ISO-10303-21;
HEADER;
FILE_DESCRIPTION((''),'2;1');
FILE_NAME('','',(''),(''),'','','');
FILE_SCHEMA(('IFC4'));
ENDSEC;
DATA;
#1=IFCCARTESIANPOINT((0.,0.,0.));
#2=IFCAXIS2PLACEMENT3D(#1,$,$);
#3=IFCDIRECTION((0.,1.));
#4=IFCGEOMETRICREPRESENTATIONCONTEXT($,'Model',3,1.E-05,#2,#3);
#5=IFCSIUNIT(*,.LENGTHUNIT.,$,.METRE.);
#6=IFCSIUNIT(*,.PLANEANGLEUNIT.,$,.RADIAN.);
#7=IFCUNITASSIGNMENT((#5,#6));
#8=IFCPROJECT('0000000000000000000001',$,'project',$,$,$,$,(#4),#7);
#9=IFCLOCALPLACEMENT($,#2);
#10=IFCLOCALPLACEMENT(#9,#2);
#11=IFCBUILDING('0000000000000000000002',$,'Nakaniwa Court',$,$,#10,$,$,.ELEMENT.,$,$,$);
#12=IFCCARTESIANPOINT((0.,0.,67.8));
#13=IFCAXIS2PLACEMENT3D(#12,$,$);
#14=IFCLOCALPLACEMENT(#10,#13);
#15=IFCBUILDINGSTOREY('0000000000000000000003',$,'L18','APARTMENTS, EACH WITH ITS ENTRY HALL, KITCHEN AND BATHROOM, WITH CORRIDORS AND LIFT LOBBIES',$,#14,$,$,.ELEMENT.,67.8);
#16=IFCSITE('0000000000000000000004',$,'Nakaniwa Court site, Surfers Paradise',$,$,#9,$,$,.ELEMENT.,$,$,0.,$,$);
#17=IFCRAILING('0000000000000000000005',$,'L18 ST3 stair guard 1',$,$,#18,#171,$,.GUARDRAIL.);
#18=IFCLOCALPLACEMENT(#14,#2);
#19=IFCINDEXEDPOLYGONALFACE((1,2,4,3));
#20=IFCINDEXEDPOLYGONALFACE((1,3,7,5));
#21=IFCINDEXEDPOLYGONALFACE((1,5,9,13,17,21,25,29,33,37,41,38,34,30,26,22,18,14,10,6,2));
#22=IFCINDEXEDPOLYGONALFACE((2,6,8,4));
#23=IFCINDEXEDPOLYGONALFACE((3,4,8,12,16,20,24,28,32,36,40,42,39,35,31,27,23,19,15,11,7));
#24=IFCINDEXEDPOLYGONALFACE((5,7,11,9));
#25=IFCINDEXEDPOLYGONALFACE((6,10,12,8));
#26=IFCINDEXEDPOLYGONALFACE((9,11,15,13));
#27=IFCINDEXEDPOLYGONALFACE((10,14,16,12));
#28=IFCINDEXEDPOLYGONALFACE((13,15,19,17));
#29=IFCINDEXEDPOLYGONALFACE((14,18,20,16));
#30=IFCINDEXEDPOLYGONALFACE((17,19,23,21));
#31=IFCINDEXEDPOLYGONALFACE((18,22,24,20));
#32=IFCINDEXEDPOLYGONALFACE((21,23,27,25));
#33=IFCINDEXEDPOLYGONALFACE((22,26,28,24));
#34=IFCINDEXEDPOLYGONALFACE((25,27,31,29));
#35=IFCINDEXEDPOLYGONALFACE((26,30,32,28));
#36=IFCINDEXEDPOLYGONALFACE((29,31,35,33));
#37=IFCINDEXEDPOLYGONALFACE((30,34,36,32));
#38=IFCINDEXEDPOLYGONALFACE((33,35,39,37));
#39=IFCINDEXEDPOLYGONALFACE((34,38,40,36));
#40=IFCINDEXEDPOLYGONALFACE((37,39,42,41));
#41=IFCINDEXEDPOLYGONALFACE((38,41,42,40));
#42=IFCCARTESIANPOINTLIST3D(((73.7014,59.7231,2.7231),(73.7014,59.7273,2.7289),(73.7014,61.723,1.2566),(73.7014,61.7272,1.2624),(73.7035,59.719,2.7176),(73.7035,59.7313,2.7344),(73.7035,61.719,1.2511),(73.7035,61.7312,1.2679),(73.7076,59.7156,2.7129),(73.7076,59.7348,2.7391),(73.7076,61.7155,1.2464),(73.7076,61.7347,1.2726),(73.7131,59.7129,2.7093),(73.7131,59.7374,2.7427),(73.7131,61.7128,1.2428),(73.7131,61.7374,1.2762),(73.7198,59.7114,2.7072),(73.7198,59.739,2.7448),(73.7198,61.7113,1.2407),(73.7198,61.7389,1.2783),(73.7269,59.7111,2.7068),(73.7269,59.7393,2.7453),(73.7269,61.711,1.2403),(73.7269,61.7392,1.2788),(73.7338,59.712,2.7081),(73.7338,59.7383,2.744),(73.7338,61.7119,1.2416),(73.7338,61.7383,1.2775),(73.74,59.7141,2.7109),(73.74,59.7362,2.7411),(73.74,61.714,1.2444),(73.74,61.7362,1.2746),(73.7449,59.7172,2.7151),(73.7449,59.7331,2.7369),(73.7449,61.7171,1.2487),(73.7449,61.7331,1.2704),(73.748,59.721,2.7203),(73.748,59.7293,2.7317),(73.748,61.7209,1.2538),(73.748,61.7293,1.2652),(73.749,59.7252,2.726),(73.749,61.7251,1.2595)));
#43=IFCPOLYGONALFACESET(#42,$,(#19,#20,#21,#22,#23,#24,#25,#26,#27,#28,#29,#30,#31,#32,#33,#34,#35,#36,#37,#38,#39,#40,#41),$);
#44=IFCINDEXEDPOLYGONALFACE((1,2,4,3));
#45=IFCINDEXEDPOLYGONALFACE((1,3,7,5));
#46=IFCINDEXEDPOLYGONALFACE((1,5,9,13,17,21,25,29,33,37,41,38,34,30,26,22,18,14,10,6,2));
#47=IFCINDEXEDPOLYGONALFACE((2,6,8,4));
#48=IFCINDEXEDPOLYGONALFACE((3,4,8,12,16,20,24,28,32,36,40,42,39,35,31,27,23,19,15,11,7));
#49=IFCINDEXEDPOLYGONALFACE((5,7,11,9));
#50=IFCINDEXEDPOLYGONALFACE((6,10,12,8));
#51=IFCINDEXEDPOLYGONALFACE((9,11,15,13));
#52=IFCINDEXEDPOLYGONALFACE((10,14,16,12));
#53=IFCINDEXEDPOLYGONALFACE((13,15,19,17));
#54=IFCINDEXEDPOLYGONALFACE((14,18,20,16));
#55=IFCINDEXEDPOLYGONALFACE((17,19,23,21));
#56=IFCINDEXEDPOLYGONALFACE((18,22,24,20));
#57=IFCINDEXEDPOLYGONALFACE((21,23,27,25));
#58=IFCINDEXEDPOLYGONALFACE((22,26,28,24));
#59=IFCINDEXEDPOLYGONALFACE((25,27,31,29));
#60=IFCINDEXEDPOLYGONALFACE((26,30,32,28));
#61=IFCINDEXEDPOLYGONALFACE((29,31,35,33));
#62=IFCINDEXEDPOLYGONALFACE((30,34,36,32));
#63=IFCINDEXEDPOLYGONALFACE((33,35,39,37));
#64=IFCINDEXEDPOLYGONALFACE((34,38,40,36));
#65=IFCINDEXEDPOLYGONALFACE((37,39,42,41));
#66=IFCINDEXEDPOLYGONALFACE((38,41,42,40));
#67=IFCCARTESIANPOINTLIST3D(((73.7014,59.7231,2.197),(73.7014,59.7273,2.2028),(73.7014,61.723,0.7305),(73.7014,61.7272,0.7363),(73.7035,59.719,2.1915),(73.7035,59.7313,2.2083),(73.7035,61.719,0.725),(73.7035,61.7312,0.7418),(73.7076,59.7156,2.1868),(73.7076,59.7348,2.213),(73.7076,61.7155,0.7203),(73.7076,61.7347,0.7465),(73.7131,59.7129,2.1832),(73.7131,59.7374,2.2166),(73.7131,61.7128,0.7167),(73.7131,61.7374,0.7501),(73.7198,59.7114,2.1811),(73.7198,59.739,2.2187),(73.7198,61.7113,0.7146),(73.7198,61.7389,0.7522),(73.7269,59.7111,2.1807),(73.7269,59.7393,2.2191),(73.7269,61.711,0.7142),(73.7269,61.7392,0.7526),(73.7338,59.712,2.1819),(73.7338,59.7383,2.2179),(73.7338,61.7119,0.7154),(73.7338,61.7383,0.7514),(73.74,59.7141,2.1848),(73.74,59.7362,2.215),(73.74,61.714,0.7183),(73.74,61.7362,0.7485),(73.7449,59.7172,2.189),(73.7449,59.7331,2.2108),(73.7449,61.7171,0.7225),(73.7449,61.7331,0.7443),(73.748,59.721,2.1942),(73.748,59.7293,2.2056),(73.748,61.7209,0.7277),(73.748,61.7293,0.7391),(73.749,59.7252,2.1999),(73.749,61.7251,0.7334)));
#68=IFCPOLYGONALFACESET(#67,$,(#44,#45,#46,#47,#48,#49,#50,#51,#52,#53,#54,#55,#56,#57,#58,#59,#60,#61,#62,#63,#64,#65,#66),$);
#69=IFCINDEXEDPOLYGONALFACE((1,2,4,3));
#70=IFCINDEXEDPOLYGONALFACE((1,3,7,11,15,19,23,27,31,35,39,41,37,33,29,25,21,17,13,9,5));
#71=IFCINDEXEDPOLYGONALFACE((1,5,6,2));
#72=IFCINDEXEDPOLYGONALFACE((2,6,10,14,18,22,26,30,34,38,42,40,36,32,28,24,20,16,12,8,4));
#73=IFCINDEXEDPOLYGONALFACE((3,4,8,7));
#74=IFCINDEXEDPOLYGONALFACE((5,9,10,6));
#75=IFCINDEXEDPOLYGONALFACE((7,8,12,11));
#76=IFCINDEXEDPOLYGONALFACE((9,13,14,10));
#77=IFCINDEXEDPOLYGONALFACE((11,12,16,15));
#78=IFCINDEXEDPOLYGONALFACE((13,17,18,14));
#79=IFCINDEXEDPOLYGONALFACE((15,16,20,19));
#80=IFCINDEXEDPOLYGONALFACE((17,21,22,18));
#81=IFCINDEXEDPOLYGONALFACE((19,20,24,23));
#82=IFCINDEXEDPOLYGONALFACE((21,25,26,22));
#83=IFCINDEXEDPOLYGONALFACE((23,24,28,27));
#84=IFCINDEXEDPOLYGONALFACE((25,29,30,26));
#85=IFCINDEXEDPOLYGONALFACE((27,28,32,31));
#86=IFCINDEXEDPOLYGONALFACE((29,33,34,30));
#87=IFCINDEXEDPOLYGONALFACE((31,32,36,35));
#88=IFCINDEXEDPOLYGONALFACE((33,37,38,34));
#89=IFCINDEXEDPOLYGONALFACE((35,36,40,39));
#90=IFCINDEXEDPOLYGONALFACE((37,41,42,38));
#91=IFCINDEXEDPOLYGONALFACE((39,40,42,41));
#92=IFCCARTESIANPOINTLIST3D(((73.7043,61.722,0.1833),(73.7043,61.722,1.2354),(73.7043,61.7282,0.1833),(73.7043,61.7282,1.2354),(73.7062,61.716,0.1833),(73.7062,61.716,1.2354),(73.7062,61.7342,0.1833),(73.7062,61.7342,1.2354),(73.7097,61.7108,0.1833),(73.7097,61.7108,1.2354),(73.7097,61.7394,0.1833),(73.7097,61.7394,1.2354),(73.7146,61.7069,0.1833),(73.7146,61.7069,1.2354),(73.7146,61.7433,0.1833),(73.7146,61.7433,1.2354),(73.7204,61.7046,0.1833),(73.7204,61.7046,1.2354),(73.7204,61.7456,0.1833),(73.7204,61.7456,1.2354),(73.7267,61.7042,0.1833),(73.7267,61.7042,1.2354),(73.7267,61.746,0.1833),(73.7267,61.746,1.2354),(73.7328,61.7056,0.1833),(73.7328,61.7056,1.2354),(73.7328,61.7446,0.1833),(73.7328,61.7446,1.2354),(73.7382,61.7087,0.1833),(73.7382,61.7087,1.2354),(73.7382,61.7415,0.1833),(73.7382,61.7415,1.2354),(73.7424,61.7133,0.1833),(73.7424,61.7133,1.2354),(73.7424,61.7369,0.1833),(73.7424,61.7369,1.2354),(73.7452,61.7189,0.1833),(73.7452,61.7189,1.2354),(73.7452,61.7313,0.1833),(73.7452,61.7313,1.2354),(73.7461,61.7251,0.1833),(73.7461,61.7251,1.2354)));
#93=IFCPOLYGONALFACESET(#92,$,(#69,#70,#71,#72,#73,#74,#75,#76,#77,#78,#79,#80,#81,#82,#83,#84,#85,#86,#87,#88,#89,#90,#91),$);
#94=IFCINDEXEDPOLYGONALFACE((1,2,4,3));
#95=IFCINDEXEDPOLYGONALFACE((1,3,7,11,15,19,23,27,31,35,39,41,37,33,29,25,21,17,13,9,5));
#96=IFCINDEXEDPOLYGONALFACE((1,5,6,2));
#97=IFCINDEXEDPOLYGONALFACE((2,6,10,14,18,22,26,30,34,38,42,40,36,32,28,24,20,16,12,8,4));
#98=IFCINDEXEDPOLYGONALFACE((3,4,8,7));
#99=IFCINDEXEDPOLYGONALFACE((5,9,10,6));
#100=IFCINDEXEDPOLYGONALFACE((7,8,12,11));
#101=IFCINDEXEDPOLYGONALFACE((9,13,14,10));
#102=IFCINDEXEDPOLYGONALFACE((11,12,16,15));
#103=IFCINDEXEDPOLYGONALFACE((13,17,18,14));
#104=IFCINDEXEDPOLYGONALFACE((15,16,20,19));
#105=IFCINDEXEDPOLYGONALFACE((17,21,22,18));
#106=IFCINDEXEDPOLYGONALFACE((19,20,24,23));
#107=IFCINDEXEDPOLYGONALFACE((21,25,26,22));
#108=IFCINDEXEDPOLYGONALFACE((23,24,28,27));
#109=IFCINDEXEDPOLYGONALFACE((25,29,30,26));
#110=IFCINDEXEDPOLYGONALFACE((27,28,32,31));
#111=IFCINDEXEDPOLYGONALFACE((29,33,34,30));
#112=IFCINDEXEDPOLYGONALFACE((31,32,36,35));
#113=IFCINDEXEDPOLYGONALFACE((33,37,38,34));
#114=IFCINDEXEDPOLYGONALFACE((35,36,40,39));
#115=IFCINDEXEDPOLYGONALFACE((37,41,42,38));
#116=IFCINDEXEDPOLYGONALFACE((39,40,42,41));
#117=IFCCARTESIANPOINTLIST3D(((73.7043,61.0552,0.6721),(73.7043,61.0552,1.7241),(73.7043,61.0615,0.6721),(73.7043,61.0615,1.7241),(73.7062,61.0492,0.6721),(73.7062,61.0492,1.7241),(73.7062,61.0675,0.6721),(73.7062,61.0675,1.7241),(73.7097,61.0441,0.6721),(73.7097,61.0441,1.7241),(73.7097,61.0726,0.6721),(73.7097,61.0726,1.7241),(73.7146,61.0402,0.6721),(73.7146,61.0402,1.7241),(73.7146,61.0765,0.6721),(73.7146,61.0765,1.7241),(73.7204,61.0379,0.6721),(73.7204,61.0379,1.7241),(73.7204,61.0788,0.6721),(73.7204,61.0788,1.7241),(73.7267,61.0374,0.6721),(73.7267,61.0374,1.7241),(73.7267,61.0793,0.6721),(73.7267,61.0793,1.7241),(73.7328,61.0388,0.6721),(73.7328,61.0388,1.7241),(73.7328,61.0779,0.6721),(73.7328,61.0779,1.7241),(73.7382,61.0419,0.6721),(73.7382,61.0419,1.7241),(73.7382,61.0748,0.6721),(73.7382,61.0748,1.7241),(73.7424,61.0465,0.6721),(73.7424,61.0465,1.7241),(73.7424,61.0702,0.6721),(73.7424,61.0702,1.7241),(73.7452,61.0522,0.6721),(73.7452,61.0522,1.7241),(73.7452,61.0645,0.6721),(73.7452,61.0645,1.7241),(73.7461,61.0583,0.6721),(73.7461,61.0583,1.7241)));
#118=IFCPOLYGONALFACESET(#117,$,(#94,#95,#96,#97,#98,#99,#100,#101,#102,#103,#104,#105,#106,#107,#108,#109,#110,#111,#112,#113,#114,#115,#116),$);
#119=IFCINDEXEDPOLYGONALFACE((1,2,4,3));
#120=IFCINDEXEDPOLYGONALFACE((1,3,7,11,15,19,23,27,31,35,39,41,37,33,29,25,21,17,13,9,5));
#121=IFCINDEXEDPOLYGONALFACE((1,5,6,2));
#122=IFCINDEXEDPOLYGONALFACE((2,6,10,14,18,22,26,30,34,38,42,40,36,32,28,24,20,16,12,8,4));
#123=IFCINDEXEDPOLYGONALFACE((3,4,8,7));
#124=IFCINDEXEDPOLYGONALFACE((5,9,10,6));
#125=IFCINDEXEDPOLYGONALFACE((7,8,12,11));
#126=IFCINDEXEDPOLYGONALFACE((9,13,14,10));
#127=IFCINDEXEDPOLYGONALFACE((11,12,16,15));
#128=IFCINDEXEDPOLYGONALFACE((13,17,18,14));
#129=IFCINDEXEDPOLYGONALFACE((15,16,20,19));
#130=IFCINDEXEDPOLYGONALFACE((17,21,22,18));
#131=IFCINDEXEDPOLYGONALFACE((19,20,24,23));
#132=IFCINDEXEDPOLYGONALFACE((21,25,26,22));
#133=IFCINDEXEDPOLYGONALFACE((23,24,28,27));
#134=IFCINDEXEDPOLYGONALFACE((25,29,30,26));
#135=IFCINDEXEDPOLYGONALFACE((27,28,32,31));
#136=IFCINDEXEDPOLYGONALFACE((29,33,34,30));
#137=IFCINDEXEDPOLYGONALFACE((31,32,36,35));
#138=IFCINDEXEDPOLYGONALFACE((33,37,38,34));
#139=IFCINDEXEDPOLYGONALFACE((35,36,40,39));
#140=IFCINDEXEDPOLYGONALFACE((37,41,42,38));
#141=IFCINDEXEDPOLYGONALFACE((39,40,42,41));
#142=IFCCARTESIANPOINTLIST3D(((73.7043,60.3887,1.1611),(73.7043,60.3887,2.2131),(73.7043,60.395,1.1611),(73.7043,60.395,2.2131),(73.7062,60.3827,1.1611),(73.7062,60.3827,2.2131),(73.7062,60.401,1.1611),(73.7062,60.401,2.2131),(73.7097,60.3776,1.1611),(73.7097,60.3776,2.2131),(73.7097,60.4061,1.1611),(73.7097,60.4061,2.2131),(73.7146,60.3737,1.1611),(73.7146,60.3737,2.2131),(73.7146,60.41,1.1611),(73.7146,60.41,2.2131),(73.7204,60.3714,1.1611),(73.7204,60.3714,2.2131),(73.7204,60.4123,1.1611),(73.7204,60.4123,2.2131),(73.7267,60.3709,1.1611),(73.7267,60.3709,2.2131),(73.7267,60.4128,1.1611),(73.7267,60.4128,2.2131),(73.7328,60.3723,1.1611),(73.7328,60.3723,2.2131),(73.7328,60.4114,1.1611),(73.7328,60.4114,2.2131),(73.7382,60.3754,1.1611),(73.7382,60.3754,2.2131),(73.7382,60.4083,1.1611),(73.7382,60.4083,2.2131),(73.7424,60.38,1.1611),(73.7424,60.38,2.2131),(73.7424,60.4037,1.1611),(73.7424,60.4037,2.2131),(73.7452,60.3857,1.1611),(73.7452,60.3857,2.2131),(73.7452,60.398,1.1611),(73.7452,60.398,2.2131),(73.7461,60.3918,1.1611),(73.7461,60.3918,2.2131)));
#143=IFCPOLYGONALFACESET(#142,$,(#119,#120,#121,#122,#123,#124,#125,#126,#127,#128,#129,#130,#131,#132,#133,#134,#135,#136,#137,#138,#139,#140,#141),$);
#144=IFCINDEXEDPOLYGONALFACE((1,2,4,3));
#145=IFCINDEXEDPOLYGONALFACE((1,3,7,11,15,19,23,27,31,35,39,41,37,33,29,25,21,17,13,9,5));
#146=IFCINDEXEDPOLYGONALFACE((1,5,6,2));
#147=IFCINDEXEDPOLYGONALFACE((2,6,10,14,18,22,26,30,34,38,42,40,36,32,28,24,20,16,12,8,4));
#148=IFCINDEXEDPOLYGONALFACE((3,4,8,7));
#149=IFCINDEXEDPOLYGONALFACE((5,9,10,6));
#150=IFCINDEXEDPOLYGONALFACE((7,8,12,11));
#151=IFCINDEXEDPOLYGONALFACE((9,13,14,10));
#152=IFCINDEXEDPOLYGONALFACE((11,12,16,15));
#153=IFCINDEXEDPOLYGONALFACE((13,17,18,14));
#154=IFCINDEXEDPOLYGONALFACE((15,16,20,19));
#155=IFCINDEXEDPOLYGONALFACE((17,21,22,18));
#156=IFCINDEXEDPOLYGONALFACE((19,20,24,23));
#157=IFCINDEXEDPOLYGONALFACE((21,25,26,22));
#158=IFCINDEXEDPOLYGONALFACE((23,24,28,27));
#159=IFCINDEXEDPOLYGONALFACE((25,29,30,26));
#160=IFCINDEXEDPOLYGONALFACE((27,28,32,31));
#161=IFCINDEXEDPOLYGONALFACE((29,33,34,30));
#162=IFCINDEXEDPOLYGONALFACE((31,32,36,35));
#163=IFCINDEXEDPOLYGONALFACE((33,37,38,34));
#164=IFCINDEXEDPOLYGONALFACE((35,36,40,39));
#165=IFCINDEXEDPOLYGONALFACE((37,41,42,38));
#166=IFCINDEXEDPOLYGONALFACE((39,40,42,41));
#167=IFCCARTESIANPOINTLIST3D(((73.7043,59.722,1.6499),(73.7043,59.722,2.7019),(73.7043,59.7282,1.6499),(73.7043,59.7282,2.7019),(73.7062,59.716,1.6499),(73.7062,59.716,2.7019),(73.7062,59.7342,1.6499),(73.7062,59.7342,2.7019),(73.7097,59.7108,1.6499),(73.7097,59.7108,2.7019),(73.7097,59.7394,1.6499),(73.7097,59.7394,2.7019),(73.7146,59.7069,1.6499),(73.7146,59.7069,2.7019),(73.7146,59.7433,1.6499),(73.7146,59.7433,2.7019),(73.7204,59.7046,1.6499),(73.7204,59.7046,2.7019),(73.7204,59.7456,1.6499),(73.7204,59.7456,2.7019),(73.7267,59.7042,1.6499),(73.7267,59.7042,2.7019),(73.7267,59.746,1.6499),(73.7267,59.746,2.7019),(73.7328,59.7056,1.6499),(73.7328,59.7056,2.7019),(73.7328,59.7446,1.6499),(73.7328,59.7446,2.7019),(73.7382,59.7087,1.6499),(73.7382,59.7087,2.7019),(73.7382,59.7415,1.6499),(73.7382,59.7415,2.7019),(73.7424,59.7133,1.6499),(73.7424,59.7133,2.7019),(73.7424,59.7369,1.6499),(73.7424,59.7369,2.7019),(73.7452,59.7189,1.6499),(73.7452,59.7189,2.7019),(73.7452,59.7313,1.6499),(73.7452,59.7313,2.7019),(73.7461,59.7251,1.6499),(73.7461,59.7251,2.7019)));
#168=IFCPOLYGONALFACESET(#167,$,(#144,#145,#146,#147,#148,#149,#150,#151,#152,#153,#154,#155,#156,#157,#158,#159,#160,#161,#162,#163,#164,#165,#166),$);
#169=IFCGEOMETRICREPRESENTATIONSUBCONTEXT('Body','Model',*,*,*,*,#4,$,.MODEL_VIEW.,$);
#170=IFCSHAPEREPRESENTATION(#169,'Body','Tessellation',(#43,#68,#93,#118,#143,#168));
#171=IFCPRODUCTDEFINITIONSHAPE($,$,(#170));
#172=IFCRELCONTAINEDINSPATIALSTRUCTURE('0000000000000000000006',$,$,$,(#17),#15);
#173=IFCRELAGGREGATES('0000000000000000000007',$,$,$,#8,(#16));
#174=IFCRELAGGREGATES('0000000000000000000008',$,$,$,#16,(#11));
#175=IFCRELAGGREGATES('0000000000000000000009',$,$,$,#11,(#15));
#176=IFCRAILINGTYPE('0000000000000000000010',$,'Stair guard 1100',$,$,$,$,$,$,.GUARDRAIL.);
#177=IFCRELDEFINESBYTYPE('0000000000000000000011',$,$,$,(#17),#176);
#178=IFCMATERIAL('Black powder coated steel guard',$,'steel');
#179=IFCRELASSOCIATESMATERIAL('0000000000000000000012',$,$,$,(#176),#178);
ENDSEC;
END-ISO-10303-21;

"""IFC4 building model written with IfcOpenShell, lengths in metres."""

from ifc_helpers import new_model, si_unit, direction, frame, origin, origin_2d, place, context, subcontext, project, spatial, circle, extrude, material, type_object, element, save


model = new_model("IFC4")

# Units and contexts
model_context = context("Model", 3, precision=1e-05, world=origin(), true_north=direction((0.0, 1.0)))
body_context = subcontext(model_context, "Body", "Model", "MODEL_VIEW")
ifc_project = project(units=[si_unit("LENGTHUNIT", "METRE"), si_unit("PLANEANGLEUNIT", "RADIAN")], contexts=[model_context])

# Site, building, storey
site_placement = place(None, origin())
site = spatial("IfcSite", under=ifc_project, at=site_placement, Name="Nakaniwa Court site, Surfers Paradise", CompositionType="ELEMENT", RefElevation=0.0)
building_placement = place(site_placement, origin())
building = spatial("IfcBuilding", under=site, at=building_placement, Name="Nakaniwa Court", CompositionType="ELEMENT")
storey_placement = place(building_placement, frame((0.0, 0.0, 67.8)))
storey = spatial("IfcBuildingStorey", under=building, at=storey_placement, Name="L18", Description="APARTMENTS, EACH WITH ITS ENTRY HALL, KITCHEN AND BATHROOM, WITH CORRIDORS AND LIFT LOBBIES", CompositionType="ELEMENT", Elevation=67.8)

# Railing
ifc_material_1 = material(Name="Black powder coated steel guard", Category="steel")
railing_type_1 = type_object("IfcRailingType", Name="Stair guard 1100", PredefinedType="GUARDRAIL", material=ifc_material_1)
railing_1_placement = place(storey_placement, frame((73.7251, 61.7251, 0.1833)))
element("IfcRailing", 1, at=railing_1_placement, inside=storey, type_object=railing_type_1, Name="L18 ST3 stair guard 1", PredefinedType="GUARDRAIL", context=body_context, shape_type="SweptSolid", body=[
    extrude(circle(Radius=0.0239, at=origin_2d()), frame((0.0, 0.0, 1.0762), z_axis=(0.0, -0.806427, 0.591334), x_axis=(1.0, 0.0, 0.0)), (0.0, 0.0, 1.0), 2.48),
    extrude(circle(Radius=0.0239, at=origin_2d()), frame((0.0, 0.0, 0.55), z_axis=(0.0, -0.806427, 0.591334), x_axis=(1.0, 0.0, 0.0)), (0.0, 0.0, 1.0), 2.48),
    extrude(circle(Radius=0.021, at=origin_2d()), origin(), (0.0, 0.0, 1.0), 1.052),
    extrude(circle(Radius=0.021, at=origin_2d()), frame((0.0, -0.6667, 0.4888)), (0.0, 0.0, 1.0), 1.052),
    extrude(circle(Radius=0.021, at=origin_2d()), frame((0.0, -1.3333, 0.9778)), (0.0, 0.0, 1.0), 1.052),
    extrude(circle(Radius=0.021, at=origin_2d()), frame((0.0, -2.0, 1.4666)), (0.0, 0.0, 1.0), 1.052),
])

save(model, "model.ifc")
